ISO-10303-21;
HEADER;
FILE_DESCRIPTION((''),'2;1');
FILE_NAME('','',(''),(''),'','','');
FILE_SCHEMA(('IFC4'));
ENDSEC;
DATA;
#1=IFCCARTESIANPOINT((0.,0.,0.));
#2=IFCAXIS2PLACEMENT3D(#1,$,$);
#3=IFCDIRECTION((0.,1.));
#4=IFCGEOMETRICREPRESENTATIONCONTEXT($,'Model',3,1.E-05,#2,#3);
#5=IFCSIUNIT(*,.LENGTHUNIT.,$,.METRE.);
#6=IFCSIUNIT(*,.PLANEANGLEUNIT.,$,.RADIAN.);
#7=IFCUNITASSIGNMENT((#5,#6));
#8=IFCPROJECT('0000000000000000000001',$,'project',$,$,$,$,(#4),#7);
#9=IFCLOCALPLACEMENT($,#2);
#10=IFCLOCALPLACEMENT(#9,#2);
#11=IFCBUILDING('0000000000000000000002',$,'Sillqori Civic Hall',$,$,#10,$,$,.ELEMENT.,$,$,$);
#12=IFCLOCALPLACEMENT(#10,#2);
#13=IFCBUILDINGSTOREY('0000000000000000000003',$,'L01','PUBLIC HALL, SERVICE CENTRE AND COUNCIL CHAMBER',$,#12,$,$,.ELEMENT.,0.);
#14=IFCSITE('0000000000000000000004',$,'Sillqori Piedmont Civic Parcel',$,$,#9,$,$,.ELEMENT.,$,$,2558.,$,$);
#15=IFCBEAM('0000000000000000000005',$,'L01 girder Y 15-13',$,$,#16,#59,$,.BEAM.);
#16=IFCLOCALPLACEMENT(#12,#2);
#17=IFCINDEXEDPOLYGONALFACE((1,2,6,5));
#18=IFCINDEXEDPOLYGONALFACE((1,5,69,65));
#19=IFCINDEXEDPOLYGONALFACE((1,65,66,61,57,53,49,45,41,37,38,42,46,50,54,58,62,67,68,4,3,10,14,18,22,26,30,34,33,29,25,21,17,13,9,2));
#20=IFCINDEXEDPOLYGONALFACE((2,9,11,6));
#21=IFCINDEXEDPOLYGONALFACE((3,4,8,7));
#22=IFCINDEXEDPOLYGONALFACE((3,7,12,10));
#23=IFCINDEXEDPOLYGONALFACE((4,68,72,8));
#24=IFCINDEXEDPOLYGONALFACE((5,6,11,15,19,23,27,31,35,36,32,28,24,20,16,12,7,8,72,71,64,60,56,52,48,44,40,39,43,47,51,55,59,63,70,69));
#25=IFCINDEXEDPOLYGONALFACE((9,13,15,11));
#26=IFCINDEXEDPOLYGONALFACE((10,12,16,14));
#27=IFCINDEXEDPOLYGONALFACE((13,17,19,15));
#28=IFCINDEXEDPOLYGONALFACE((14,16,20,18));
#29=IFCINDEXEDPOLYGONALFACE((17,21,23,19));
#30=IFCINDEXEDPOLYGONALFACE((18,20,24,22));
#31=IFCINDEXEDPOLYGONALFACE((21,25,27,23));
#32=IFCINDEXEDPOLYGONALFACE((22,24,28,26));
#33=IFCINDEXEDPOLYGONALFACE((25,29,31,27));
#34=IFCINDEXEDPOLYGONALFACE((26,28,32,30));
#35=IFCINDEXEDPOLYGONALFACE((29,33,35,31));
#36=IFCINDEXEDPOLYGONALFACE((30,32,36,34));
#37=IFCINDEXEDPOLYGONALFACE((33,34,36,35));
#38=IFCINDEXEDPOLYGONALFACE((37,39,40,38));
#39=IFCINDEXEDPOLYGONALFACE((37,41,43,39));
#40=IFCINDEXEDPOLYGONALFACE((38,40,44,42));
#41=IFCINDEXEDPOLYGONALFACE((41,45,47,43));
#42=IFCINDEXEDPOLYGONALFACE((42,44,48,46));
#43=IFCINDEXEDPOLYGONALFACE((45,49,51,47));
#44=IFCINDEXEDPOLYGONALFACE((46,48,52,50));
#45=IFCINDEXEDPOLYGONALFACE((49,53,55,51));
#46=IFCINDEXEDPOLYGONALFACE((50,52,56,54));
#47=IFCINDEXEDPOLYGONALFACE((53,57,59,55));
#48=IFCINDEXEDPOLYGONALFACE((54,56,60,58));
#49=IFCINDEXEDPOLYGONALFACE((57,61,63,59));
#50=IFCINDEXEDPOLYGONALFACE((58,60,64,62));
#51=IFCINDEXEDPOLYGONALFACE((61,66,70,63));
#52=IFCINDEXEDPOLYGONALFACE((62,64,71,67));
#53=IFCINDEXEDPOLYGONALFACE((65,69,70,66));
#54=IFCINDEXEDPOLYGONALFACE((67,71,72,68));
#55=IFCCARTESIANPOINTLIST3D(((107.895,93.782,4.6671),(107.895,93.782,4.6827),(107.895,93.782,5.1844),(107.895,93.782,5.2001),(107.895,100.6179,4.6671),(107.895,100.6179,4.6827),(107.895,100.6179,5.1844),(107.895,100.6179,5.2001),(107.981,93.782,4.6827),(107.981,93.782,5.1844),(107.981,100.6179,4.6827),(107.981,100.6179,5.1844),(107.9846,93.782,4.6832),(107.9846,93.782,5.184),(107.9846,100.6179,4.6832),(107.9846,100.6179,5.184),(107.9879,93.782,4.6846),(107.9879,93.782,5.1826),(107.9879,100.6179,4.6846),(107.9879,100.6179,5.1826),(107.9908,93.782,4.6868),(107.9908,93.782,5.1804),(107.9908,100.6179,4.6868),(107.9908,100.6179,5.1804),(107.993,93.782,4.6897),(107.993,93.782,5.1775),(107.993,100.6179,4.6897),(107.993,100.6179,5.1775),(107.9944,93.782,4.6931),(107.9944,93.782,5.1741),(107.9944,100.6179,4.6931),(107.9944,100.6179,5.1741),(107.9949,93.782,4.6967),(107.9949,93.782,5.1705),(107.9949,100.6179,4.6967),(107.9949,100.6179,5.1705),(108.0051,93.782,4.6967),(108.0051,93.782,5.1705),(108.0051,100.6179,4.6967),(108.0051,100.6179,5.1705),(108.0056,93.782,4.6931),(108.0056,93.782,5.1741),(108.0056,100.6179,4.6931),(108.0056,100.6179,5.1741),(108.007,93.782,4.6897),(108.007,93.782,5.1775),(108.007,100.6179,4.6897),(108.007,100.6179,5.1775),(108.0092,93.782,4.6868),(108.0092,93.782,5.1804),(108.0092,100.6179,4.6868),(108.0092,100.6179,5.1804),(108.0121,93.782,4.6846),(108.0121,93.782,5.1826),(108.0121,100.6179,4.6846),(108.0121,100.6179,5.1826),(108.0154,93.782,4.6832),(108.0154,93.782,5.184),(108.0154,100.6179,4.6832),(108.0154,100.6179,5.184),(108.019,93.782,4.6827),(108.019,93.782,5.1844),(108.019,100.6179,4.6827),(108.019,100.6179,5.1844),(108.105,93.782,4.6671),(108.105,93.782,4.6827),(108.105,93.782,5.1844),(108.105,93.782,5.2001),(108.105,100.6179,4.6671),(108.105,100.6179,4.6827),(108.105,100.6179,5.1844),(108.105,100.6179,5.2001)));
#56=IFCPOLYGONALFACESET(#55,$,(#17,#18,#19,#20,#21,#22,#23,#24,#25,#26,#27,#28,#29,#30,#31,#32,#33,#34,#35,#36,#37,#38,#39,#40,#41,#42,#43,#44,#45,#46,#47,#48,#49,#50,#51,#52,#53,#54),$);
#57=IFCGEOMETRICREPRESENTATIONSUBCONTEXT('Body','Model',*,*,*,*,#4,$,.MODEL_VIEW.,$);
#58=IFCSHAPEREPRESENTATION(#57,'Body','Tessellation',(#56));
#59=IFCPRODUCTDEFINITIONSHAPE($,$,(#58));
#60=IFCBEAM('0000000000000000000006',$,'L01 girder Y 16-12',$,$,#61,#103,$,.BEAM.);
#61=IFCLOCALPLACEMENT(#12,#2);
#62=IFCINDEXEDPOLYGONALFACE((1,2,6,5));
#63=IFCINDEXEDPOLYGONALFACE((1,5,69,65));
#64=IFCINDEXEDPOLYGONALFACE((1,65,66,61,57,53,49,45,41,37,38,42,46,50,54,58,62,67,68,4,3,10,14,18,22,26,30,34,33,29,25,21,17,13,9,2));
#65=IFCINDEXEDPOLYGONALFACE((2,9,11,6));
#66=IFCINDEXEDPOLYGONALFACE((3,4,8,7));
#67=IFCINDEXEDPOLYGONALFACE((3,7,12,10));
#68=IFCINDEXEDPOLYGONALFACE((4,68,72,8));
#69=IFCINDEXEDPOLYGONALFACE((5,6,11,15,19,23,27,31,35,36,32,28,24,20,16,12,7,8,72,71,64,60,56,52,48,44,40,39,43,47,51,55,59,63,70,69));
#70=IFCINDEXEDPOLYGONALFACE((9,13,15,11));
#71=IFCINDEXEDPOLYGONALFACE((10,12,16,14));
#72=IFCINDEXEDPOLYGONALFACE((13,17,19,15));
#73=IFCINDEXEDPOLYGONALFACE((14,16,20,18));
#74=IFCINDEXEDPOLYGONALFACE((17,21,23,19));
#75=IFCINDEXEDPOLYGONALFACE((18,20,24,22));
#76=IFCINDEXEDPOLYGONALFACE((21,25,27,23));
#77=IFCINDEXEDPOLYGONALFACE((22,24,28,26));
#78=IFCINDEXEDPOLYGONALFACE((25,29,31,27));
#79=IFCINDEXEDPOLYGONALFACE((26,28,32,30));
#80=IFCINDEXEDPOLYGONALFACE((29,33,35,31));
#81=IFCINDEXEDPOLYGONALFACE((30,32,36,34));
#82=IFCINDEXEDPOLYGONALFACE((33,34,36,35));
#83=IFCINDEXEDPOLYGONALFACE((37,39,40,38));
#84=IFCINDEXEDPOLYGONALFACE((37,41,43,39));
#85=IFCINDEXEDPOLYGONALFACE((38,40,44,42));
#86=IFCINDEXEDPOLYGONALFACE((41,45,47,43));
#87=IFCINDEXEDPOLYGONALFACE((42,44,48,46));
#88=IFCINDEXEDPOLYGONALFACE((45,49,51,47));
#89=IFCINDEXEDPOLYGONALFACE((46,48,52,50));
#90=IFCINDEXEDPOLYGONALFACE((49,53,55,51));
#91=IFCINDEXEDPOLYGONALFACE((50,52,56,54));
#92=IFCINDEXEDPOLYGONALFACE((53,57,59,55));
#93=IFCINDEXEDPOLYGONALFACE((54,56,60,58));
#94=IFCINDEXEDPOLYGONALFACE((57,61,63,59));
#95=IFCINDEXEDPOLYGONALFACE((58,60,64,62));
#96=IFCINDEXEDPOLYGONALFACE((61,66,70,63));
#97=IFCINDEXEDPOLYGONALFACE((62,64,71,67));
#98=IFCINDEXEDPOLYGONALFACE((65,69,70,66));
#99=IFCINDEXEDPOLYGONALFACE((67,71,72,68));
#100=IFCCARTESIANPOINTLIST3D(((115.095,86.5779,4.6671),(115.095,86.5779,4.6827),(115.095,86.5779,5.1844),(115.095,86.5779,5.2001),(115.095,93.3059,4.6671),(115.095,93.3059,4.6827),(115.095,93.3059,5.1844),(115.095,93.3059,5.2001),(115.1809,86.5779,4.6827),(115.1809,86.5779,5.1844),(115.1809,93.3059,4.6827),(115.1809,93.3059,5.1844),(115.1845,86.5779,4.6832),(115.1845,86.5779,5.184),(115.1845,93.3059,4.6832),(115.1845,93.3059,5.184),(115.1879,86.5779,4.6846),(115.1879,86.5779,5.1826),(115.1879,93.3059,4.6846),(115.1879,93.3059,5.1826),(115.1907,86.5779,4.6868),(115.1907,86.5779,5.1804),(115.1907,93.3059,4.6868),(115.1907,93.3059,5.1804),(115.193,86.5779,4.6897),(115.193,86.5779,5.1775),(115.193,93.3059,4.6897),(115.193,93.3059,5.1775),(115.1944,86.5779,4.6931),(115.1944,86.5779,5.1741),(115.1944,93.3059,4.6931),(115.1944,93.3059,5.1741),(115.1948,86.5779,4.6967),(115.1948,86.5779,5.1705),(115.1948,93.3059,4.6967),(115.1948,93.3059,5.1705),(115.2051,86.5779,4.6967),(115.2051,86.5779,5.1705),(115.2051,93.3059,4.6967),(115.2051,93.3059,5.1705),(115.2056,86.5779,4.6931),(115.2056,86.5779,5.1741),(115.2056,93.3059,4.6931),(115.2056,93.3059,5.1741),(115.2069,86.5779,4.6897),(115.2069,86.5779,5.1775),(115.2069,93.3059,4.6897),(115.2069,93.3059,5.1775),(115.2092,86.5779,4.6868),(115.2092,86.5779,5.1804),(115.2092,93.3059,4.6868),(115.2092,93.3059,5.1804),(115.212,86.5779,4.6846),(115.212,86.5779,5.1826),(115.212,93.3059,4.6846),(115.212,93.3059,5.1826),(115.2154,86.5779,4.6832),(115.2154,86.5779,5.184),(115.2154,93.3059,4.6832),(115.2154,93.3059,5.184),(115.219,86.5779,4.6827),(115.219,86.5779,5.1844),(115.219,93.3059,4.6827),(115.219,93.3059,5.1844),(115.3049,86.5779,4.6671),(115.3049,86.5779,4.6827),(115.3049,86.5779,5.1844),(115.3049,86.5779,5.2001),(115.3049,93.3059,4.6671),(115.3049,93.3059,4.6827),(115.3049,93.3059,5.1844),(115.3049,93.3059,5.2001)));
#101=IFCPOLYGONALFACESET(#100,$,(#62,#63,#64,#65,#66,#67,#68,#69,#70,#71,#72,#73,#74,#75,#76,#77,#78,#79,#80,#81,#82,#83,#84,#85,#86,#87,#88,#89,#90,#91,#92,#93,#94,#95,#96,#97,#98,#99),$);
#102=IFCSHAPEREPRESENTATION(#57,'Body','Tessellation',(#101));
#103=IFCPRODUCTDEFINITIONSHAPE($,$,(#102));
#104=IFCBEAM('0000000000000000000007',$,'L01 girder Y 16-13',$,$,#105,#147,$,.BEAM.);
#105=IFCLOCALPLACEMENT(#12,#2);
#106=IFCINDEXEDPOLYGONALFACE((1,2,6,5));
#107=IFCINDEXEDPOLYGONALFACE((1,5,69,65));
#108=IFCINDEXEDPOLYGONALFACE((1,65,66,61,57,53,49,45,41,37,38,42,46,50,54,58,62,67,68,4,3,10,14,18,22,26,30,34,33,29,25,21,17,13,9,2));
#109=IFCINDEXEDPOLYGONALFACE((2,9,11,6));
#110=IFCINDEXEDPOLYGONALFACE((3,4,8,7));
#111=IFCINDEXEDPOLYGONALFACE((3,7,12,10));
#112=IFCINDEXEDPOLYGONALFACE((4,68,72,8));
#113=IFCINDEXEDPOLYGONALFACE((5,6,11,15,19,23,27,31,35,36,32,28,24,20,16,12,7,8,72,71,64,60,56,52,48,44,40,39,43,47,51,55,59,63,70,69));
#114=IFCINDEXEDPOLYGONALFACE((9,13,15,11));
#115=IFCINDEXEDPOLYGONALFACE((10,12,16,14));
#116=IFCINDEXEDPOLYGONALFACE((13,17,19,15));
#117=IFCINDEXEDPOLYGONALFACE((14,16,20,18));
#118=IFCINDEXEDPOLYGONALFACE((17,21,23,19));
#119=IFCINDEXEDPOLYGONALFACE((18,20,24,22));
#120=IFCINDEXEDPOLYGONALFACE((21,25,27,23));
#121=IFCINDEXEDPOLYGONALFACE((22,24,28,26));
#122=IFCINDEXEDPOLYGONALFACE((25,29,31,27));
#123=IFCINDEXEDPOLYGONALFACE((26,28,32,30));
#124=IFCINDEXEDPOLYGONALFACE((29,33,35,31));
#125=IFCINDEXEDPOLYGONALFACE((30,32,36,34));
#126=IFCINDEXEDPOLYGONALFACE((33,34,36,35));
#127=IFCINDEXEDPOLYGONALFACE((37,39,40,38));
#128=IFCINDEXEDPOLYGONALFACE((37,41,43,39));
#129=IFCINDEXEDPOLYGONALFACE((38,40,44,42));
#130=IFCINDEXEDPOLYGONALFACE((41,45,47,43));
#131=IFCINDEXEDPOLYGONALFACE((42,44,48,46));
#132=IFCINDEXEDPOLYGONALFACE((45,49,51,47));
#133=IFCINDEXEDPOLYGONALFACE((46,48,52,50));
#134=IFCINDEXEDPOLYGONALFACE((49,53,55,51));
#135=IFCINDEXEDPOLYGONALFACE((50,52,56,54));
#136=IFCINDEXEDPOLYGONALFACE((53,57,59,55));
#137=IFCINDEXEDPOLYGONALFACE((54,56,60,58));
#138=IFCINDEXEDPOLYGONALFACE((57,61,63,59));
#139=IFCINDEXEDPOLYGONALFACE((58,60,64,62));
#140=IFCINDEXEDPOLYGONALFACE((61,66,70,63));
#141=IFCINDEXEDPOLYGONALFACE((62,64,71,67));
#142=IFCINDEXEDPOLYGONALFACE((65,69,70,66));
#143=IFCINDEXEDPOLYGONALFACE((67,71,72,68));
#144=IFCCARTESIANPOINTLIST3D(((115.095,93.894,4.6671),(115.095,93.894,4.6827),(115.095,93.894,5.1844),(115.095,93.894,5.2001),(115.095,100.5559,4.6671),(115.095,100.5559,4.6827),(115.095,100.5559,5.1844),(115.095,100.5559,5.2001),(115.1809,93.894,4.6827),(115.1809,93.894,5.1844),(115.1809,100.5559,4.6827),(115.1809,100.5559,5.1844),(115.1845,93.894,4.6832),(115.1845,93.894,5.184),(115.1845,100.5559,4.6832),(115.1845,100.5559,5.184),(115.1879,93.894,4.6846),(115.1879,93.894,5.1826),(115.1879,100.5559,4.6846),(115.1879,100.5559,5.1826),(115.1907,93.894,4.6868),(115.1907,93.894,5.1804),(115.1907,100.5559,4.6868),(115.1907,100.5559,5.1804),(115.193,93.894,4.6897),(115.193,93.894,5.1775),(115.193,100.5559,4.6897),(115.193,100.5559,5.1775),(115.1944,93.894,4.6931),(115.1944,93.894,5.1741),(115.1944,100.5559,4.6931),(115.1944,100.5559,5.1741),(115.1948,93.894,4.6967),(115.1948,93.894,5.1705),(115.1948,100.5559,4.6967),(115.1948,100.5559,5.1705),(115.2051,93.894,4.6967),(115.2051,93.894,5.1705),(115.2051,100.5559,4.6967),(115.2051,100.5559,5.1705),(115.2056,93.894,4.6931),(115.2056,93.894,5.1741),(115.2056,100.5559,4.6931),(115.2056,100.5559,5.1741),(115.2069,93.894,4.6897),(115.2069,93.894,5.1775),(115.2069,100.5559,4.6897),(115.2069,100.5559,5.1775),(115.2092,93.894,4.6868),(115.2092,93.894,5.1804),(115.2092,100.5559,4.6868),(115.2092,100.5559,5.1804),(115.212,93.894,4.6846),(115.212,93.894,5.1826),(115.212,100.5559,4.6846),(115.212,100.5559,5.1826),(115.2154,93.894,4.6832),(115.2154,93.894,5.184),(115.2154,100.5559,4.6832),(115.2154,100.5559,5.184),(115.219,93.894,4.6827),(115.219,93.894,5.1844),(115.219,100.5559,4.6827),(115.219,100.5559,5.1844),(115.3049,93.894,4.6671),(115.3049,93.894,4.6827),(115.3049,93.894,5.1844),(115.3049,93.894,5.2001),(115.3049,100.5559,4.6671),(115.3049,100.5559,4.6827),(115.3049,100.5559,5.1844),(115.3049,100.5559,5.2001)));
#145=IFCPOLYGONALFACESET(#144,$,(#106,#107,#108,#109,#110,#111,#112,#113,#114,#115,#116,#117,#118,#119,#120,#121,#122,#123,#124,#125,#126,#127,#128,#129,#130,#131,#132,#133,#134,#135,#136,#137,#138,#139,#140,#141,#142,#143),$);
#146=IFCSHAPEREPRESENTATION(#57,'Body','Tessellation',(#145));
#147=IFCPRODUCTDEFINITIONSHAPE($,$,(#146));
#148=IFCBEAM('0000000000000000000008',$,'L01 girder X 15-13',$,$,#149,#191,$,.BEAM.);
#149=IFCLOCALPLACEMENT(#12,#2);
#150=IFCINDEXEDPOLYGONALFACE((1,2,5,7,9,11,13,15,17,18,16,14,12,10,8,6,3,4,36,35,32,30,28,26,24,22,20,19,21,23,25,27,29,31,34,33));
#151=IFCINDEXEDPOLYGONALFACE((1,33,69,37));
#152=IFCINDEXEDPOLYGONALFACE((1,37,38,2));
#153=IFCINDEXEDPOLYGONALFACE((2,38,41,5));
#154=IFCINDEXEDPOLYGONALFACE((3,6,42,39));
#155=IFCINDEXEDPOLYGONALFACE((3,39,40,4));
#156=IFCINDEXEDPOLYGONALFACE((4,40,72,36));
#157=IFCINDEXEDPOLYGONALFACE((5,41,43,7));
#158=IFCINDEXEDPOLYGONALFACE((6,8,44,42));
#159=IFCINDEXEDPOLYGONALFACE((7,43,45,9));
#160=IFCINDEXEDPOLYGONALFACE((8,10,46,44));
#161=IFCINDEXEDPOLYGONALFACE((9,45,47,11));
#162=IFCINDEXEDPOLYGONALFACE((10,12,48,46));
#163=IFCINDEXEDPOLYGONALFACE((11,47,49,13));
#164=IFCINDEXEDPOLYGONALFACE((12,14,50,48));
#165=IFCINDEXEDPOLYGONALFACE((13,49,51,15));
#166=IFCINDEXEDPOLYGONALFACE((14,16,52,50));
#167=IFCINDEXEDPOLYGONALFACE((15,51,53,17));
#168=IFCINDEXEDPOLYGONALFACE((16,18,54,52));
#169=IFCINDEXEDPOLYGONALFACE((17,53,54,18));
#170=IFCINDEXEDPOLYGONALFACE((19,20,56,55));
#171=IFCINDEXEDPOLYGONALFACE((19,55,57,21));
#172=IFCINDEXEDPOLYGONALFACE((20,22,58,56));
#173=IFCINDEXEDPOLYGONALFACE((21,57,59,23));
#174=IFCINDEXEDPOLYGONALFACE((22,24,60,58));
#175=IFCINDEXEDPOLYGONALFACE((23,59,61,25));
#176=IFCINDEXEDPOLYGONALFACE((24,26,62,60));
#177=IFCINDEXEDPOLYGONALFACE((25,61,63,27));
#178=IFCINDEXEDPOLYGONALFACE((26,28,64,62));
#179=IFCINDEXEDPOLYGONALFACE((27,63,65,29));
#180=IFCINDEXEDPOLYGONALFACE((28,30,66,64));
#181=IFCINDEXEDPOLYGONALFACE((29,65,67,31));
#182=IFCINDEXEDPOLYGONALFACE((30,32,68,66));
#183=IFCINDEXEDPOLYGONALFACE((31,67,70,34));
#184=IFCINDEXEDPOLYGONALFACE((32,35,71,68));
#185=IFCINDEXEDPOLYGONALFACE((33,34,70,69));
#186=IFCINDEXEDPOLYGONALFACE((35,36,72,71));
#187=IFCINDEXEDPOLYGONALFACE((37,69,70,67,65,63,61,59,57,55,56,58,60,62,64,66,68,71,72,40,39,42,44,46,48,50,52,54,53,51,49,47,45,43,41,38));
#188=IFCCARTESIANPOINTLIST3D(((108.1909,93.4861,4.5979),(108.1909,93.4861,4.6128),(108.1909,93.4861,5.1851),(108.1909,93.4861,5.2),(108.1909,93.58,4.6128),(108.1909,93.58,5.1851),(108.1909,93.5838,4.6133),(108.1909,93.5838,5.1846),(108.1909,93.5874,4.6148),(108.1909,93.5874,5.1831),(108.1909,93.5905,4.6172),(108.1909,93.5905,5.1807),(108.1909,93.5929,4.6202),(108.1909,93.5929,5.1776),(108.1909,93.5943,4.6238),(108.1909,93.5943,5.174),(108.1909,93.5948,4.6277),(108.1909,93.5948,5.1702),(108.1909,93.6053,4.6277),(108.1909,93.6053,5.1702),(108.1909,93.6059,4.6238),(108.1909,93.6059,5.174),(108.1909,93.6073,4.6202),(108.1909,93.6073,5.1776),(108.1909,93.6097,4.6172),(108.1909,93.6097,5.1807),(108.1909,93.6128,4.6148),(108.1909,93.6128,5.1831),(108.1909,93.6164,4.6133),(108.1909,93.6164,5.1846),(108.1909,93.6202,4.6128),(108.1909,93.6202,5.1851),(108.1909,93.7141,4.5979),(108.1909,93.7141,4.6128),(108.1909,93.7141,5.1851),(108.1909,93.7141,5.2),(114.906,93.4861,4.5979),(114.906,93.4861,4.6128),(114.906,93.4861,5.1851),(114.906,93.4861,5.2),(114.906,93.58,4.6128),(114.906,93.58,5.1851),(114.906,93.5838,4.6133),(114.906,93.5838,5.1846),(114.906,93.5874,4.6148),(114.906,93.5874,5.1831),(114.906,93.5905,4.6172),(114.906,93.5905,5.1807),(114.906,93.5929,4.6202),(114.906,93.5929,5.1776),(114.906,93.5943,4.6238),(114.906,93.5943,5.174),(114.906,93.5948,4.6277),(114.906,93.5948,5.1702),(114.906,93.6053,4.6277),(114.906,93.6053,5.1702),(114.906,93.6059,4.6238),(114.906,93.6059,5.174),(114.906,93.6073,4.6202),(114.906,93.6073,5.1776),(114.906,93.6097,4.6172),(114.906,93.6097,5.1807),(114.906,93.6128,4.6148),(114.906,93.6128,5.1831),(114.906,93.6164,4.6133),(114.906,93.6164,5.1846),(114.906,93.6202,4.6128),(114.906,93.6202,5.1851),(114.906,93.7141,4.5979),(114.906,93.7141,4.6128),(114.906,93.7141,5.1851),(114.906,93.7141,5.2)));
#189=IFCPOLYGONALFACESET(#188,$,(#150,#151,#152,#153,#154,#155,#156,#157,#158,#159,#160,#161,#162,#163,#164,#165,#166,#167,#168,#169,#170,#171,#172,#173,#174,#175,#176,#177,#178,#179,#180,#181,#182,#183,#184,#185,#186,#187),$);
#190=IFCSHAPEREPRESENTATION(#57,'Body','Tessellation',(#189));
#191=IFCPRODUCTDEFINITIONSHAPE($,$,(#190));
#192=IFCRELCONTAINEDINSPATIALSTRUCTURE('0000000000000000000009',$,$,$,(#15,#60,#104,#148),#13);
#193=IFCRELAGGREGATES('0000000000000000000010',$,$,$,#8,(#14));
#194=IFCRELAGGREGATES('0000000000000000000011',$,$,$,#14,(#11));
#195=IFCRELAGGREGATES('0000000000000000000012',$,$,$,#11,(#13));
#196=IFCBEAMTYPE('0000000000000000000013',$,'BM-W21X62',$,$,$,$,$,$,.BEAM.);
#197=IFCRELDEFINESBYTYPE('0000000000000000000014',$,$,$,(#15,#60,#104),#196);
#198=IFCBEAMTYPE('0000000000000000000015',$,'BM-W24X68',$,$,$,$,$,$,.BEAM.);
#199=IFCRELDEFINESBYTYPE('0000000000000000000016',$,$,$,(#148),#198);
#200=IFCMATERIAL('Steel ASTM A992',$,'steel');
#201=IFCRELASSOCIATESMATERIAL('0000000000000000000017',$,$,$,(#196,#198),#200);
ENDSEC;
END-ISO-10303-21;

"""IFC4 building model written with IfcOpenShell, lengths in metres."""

from ifc_helpers import new_model, si_unit, direction, frame, origin, origin_2d, place, context, subcontext, project, spatial, i_section, extrude, material, material_profile, profile_set, type_object, element, save


model = new_model("IFC4")

# Units and contexts
model_context = context("Model", 3, precision=1e-05, world=origin(), true_north=direction((0.0, 1.0)))
body_context = subcontext(model_context, "Body", "Model", "MODEL_VIEW")
ifc_project = project(units=[si_unit("LENGTHUNIT", "METRE"), si_unit("PLANEANGLEUNIT", "RADIAN")], contexts=[model_context])

# Site, building, storey
site_placement = place(None, origin())
site = spatial("IfcSite", under=ifc_project, at=site_placement, Name="Sillqori Piedmont Civic Parcel", CompositionType="ELEMENT", RefElevation=2558.0)
building_placement = place(site_placement, origin())
building = spatial("IfcBuilding", under=site, at=building_placement, Name="Sillqori Civic Hall", CompositionType="ELEMENT")
storey_placement = place(building_placement, origin())
storey = spatial("IfcBuildingStorey", under=building, at=storey_placement, Name="L01", Description="PUBLIC HALL, SERVICE CENTRE AND COUNCIL CHAMBER", CompositionType="ELEMENT", Elevation=0.0)

# Shared definitions
ifc_material_1 = material(Name="Steel ASTM A992", Category="steel")

# Beams
ifc_material_profile_1 = material_profile(ifc_material_1, i_section(OverallWidth=0.21, OverallDepth=0.533, WebThickness=0.0103, FlangeThickness=0.0156, FilletRadius=0.0139, at=origin_2d()), Name="W21X62")
ifc_profile_set_1 = profile_set([ifc_material_profile_1], Name="Steel ASTM A992")
beam_type_1 = type_object("IfcBeamType", Name="BM-W21X62", PredefinedType="BEAM", material=ifc_profile_set_1)
for number, where, z_axis, x_axis, name in (
    (1, (108.0, 93.782, 4.9336), (0.0, 1.0, 0.0), (-1.0, 0.0, 0.0), "L01 girder Y 15-13"),
):
    element("IfcBeam", number, at=place(storey_placement, frame(where, z_axis=z_axis, x_axis=x_axis)), inside=storey, type_object=beam_type_1, Name=name, PredefinedType="BEAM", context=body_context, shape_type="SweptSolid", body=[
        extrude(i_section(OverallWidth=0.21, OverallDepth=0.533, WebThickness=0.0103, FlangeThickness=0.0156, FilletRadius=0.0139, at=origin_2d()), origin(), (0.0, 0.0, 1.0), 6.8359),
    ])
beam_1_placement = place(storey_placement, frame((115.2, 86.5779, 4.9336), z_axis=(0.0, 1.0, 0.0), x_axis=(-1.0, 0.0, 0.0)))
element("IfcBeam", 2, at=beam_1_placement, inside=storey, type_object=beam_type_1, Name="L01 girder Y 16-12", PredefinedType="BEAM", context=body_context, shape_type="SweptSolid", body=[
    extrude(i_section(OverallWidth=0.21, OverallDepth=0.533, WebThickness=0.0103, FlangeThickness=0.0156, FilletRadius=0.0139, at=origin_2d()), origin(), (0.0, 0.0, 1.0), 6.728),
])
beam_2_placement = place(storey_placement, frame((115.2, 93.894, 4.9336), z_axis=(0.0, 1.0, 0.0), x_axis=(-1.0, 0.0, 0.0)))
element("IfcBeam", 3, at=beam_2_placement, inside=storey, type_object=beam_type_1, Name="L01 girder Y 16-13", PredefinedType="BEAM", context=body_context, shape_type="SweptSolid", body=[
    extrude(i_section(OverallWidth=0.21, OverallDepth=0.533, WebThickness=0.0103, FlangeThickness=0.0156, FilletRadius=0.0139, at=origin_2d()), origin(), (0.0, 0.0, 1.0), 6.6619),
])
ifc_material_profile_2 = material_profile(ifc_material_1, i_section(OverallWidth=0.228, OverallDepth=0.6021, WebThickness=0.0105, FlangeThickness=0.0149, FilletRadius=0.0149, at=origin_2d()), Name="W24X68")
ifc_profile_set_2 = profile_set([ifc_material_profile_2], Name="Steel ASTM A992")
beam_type_2 = type_object("IfcBeamType", Name="BM-W24X68", PredefinedType="BEAM", material=ifc_profile_set_2)
beam_3_placement = place(storey_placement, frame((108.1909, 93.6001, 4.8989), z_axis=(1.0, 0.0, 0.0), x_axis=(0.0, 1.0, 0.0)))
element("IfcBeam", 4, at=beam_3_placement, inside=storey, type_object=beam_type_2, Name="L01 girder X 15-13", PredefinedType="BEAM", context=body_context, shape_type="SweptSolid", body=[
    extrude(i_section(OverallWidth=0.228, OverallDepth=0.6021, WebThickness=0.0105, FlangeThickness=0.0149, FilletRadius=0.0149, at=origin_2d()), origin(), (0.0, 0.0, 1.0), 6.7151),
])

save(model, "model.ifc")
